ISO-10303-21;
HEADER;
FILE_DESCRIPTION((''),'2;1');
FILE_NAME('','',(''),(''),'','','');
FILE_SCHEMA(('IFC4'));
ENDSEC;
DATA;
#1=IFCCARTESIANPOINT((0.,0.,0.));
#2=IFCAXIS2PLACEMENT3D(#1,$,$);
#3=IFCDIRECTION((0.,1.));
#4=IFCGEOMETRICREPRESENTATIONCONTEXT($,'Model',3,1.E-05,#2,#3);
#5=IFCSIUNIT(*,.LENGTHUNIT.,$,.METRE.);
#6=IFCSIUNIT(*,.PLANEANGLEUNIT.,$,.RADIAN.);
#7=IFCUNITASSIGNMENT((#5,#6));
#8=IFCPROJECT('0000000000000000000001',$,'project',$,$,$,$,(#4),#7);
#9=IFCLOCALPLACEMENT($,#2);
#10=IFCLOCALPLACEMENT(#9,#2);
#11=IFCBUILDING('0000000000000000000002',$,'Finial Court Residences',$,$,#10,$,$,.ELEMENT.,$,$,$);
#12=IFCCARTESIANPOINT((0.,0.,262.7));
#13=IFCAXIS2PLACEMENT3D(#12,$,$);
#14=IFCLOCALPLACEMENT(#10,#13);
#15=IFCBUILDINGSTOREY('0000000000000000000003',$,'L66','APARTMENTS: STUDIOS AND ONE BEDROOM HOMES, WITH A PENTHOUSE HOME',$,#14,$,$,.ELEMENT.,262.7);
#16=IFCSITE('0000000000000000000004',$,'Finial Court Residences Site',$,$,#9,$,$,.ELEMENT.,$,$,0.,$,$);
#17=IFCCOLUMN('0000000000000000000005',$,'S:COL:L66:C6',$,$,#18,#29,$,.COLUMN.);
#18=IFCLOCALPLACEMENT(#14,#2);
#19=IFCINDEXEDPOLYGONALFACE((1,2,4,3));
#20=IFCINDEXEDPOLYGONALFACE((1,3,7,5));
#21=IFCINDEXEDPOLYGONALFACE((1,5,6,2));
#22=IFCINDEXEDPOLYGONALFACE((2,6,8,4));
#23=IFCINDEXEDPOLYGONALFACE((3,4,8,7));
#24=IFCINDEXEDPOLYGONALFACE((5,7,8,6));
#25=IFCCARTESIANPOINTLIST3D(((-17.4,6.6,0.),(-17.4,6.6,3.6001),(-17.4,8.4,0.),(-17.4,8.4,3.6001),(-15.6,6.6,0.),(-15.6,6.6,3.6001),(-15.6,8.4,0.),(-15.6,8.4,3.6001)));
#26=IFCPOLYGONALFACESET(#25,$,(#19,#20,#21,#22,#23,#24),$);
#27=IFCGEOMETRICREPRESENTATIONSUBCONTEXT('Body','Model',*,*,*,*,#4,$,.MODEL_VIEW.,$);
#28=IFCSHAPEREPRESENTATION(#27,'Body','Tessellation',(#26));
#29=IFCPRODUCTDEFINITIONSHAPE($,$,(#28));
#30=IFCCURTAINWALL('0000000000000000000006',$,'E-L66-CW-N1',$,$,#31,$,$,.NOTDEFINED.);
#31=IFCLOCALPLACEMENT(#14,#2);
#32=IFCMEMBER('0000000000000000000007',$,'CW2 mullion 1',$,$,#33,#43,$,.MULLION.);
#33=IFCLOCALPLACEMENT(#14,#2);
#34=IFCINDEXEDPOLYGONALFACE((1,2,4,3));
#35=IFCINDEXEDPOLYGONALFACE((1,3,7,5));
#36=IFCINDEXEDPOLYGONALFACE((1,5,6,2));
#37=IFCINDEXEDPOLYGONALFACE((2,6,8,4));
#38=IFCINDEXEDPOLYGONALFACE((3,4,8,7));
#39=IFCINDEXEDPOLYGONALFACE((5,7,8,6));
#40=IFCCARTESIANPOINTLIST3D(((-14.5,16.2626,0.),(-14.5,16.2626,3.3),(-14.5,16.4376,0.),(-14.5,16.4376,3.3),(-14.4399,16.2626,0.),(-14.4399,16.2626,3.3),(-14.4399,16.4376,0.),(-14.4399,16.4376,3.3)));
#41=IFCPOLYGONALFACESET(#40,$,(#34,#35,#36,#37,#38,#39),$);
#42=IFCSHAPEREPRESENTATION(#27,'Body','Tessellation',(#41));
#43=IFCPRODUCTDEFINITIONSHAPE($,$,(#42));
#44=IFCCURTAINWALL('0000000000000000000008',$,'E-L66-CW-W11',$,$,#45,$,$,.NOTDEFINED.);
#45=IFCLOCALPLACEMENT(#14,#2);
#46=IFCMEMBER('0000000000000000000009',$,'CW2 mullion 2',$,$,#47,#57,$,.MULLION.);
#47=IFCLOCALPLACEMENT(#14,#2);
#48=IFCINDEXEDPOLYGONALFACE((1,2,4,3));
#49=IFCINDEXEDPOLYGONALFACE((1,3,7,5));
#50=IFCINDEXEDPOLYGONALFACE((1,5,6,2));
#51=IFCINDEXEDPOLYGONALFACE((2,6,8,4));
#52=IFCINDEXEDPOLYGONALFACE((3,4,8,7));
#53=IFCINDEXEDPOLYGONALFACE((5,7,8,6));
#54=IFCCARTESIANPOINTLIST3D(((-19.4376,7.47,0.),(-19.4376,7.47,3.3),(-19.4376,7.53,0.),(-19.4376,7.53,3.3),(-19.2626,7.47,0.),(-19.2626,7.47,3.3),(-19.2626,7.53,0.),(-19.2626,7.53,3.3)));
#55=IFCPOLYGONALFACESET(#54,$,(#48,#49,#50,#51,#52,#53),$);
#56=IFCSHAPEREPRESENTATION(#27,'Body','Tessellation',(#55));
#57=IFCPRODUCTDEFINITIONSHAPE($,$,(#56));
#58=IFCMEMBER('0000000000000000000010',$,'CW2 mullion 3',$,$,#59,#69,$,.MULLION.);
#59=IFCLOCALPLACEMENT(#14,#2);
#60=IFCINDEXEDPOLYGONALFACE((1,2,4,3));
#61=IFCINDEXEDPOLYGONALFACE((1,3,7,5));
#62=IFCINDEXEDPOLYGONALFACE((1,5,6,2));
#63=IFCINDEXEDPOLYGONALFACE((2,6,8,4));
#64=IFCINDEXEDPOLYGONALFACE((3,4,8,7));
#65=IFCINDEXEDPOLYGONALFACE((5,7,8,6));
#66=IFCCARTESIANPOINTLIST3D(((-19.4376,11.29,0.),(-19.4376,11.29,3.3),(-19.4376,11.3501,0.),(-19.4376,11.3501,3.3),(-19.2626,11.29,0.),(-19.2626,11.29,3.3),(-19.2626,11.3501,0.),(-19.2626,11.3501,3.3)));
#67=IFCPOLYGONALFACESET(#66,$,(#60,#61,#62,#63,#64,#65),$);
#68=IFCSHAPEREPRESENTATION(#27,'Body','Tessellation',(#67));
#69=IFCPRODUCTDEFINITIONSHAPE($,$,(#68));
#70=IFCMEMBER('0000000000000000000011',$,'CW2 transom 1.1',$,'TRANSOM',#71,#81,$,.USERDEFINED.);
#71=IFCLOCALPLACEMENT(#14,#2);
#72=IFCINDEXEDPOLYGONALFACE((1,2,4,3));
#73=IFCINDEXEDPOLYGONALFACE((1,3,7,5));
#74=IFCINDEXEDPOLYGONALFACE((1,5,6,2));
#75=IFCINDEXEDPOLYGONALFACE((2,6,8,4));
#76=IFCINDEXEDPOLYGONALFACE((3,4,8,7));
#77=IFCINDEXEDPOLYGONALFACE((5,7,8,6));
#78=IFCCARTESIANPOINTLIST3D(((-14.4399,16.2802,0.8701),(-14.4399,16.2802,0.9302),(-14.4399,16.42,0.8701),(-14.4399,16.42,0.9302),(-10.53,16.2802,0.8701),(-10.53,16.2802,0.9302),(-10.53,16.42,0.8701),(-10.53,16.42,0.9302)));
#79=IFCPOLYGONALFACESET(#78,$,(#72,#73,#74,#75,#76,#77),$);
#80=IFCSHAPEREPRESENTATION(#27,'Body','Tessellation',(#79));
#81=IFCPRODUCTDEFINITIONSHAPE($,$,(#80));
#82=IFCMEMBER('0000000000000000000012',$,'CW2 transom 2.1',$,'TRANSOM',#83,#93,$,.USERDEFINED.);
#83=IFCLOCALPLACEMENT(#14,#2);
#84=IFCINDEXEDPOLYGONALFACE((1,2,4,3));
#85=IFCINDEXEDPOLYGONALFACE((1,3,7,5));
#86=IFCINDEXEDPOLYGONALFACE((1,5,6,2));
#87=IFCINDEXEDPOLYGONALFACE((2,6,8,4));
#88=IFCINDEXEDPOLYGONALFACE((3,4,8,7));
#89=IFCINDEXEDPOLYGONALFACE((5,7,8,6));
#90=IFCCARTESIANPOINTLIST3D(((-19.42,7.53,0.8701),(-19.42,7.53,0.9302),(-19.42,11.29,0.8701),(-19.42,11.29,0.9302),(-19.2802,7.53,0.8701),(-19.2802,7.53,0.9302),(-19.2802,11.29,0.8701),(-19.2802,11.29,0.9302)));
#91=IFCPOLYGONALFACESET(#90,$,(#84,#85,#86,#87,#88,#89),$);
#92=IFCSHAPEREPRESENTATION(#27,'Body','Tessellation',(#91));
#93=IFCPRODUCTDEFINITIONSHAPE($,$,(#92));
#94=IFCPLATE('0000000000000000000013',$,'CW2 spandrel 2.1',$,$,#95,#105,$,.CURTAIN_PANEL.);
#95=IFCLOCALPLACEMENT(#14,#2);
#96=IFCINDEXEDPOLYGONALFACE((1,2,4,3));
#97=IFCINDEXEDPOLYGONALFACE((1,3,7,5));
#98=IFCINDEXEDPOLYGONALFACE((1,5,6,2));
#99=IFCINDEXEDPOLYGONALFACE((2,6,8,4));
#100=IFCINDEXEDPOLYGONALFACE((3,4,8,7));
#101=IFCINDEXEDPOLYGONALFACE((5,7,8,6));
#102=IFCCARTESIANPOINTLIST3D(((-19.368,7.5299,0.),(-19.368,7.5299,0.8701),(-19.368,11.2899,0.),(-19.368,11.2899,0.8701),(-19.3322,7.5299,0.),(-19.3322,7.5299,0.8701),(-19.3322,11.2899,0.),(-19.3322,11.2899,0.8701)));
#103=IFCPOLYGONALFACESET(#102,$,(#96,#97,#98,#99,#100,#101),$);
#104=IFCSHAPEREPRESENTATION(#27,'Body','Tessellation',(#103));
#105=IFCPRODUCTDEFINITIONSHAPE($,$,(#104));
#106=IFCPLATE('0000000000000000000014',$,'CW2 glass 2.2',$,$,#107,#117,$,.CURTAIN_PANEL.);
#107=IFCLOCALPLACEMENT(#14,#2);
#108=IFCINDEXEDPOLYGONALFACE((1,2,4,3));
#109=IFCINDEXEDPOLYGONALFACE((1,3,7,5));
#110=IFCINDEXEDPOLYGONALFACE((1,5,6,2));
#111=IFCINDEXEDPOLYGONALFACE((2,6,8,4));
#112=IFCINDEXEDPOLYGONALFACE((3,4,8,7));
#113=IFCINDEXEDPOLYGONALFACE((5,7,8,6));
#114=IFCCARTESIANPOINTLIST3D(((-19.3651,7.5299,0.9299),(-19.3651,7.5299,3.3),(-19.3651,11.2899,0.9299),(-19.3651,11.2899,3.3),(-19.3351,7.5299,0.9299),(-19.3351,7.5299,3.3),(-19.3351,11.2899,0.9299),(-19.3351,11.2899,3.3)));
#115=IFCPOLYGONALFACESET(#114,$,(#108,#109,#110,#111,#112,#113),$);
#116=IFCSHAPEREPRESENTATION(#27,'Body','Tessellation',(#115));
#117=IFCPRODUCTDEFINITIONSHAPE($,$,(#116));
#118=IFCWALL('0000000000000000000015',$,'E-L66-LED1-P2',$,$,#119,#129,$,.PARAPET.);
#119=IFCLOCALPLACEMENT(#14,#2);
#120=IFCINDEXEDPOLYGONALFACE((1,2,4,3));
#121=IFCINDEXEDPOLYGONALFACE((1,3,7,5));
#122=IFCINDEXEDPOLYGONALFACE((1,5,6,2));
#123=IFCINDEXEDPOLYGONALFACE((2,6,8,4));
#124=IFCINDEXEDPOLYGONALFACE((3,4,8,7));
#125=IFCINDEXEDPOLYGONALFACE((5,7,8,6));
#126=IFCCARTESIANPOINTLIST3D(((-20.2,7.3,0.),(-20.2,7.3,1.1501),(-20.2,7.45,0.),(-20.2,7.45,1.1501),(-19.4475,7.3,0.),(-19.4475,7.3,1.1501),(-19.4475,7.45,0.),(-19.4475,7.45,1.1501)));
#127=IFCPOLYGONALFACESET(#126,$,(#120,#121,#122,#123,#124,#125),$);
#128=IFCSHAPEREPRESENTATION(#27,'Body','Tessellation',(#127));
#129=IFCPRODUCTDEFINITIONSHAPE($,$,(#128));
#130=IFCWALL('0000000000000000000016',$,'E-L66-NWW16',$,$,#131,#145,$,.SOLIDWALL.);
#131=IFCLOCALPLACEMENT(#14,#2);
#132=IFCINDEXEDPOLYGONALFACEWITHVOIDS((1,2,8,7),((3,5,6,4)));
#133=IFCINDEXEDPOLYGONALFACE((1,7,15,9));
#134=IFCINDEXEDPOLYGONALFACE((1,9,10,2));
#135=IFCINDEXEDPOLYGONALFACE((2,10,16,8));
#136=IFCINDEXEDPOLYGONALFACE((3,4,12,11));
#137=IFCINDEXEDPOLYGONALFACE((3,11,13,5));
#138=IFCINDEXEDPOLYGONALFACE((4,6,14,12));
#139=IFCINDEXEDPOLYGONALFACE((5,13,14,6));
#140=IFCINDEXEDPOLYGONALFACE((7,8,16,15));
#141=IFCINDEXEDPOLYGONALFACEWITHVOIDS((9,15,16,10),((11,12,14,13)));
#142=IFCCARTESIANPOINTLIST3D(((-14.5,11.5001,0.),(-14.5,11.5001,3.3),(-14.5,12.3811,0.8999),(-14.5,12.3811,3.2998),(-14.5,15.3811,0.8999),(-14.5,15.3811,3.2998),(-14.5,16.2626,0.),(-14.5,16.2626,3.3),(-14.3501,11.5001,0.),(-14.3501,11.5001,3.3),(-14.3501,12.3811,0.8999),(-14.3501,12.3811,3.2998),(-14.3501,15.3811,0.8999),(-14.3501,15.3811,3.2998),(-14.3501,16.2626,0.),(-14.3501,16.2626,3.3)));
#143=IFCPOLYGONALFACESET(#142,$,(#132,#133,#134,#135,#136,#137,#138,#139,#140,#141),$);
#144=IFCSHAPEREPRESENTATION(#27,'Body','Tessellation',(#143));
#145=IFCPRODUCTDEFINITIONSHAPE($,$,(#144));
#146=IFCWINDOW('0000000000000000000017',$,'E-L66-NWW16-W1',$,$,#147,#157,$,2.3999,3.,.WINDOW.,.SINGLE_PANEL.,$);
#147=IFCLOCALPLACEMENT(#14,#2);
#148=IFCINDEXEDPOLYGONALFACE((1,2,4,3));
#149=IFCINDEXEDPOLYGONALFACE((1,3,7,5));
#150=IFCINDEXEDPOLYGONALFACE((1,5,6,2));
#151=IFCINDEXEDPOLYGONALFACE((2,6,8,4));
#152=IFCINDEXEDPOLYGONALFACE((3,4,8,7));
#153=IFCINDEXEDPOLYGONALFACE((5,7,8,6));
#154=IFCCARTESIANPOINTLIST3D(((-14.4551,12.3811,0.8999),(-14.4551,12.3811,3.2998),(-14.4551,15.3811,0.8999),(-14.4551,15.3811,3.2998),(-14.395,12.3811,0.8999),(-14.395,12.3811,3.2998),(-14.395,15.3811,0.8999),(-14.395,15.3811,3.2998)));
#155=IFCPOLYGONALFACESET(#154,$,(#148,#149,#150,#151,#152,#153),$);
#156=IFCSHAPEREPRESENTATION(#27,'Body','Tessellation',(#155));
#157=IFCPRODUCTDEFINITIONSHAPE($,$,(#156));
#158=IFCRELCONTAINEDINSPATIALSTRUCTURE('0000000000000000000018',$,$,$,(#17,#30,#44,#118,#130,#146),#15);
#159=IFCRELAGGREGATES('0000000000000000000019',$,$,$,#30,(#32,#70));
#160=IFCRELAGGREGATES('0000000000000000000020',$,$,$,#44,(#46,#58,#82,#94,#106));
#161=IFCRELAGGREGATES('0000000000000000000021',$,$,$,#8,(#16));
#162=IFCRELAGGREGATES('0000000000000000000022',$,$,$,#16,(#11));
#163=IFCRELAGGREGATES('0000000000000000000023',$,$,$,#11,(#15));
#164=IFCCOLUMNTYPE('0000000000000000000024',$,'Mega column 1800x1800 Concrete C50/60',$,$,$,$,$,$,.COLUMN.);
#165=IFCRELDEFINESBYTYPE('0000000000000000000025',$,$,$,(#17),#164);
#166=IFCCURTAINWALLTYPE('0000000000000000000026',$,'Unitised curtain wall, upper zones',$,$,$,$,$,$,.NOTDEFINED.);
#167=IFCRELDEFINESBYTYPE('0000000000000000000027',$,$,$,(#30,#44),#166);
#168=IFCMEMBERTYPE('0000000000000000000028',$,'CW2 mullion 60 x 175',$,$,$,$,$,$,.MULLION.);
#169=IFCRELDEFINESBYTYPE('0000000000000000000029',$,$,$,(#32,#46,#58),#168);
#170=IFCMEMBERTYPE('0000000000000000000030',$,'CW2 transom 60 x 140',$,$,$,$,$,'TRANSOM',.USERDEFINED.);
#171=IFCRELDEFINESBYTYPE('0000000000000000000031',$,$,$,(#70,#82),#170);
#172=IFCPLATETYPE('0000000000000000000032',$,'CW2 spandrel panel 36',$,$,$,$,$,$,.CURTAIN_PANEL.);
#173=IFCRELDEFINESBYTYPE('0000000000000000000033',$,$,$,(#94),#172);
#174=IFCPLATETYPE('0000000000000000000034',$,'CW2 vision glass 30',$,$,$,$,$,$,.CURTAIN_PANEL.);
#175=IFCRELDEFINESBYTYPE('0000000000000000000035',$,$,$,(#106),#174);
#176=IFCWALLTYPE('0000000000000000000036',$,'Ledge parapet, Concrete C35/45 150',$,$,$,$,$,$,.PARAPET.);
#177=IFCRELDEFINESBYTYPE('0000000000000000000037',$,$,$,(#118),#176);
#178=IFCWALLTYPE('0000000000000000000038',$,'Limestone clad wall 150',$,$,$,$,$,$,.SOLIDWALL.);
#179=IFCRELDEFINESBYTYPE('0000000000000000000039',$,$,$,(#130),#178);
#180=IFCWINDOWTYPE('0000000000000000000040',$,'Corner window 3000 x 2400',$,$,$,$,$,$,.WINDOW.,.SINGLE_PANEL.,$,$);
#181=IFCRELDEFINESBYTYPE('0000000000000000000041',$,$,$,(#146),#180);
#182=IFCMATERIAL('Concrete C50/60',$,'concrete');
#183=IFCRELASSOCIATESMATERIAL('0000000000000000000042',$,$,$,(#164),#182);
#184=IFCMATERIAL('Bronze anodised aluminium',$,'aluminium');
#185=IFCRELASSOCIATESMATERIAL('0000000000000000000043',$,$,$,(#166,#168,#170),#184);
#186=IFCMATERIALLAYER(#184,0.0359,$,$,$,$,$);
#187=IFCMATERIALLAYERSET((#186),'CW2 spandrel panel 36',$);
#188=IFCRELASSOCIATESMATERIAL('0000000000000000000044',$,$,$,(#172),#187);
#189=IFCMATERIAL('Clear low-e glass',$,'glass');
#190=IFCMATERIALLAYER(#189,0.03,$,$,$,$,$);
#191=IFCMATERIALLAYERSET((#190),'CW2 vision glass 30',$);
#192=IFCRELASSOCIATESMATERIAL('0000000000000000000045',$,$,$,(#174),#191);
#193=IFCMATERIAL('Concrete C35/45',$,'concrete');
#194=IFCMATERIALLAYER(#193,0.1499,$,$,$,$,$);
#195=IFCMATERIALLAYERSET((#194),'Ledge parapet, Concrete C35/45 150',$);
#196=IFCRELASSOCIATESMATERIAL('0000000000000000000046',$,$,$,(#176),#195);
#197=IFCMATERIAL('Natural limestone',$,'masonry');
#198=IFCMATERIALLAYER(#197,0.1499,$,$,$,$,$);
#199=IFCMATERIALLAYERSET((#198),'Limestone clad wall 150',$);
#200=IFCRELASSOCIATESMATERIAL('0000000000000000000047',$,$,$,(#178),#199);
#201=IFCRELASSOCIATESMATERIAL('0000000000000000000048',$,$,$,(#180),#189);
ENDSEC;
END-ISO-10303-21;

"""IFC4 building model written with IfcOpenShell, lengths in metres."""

from ifc_helpers import new_model, si_unit, direction, frame, frame_2d, origin, origin_2d, place, context, subcontext, project, spatial, rectangle, extrude, material, layer, layer_set, material_profile, profile_set, type_object, element, fill, aggregate, save


model = new_model("IFC4")

# Units and contexts
model_context = context("Model", 3, precision=1e-05, world=origin(), true_north=direction((0.0, 1.0)))
body_context = subcontext(model_context, "Body", "Model", "MODEL_VIEW")
ifc_project = project(units=[si_unit("LENGTHUNIT", "METRE"), si_unit("PLANEANGLEUNIT", "RADIAN")], contexts=[model_context])

# Site, building, storey
site_placement = place(None, origin())
site = spatial("IfcSite", under=ifc_project, at=site_placement, Name="Finial Court Residences Site", CompositionType="ELEMENT", RefElevation=0.0)
building_placement = place(site_placement, origin())
building = spatial("IfcBuilding", under=site, at=building_placement, Name="Finial Court Residences", CompositionType="ELEMENT")
storey_placement = place(building_placement, frame((0.0, 0.0, 262.7)))
storey = spatial("IfcBuildingStorey", under=building, at=storey_placement, Name="L66", Description="APARTMENTS: STUDIOS AND ONE BEDROOM HOMES, WITH A PENTHOUSE HOME", CompositionType="ELEMENT", Elevation=262.7)

# Column
ifc_material_1 = material(Name="Concrete C50/60", Category="concrete")
ifc_material_profile_1 = material_profile(ifc_material_1, rectangle(XDim=1.8, YDim=1.8, at=origin_2d()), Name="1800x1800")
ifc_profile_set_1 = profile_set([ifc_material_profile_1], Name="Concrete C50/60")
column_type = type_object("IfcColumnType", Name="Mega column 1800x1800 Concrete C50/60", PredefinedType="COLUMN", material=ifc_profile_set_1)
column_placement = place(storey_placement, frame((-16.5, 7.5, 0.0), z_axis=(0.0, 0.0, 1.0), x_axis=(1.0, 0.0, 0.0)))
element("IfcColumn", 1, at=column_placement, inside=storey, type_object=column_type, Name="S:COL:L66:C6", PredefinedType="COLUMN", context=body_context, shape_type="SweptSolid", body=[
    extrude(rectangle(XDim=1.8, YDim=1.8, at=origin_2d()), origin(), (0.0, 0.0, 1.0), 3.6001),
])

# Curtain wall, member
ifc_material_2 = material(Name="Bronze anodised aluminium", Category="aluminium")
curtain_wall_type = type_object("IfcCurtainWallType", Name="Unitised curtain wall, upper zones", PredefinedType="NOTDEFINED", material=ifc_material_2)
curtain_wall_1_placement = place(storey_placement, origin())
curtain_wall_1 = element("IfcCurtainWall", 2, at=curtain_wall_1_placement, inside=storey, type_object=curtain_wall_type, Name="E-L66-CW-N1", PredefinedType="NOTDEFINED")
ifc_material_profile_2 = material_profile(ifc_material_2, rectangle(XDim=0.175, YDim=0.0601, at=origin_2d()), Name="CW2 mullion 60 x 175")
ifc_profile_set_2 = profile_set([ifc_material_profile_2], Name="Bronze anodised aluminium")
member_type_1 = type_object("IfcMemberType", Name="CW2 mullion 60 x 175", PredefinedType="MULLION", material=ifc_profile_set_2)
member_1_placement = place(storey_placement, frame((-14.47, 16.3501, 0.0), z_axis=(0.0, 0.0, 1.0), x_axis=(0.0, 1.0, 0.0)))
member_1 = element("IfcMember", 3, at=member_1_placement, type_object=member_type_1, Name="CW2 mullion 1", PredefinedType="MULLION", context=body_context, shape_type="SweptSolid", body=[
    extrude(rectangle(XDim=0.175, YDim=0.0601, at=origin_2d()), origin(), (0.0, 0.0, 1.0), 3.3),
])

# Curtain wall, members
curtain_wall_2_placement = place(storey_placement, origin())
curtain_wall_2 = element("IfcCurtainWall", 4, at=curtain_wall_2_placement, inside=storey, type_object=curtain_wall_type, Name="E-L66-CW-W11", PredefinedType="NOTDEFINED")
member_2_placement = place(storey_placement, frame((-19.3501, 7.5, 0.0), z_axis=(0.0, 0.0, 1.0), x_axis=(-1.0, 0.0, 0.0)))
member_2 = element("IfcMember", 5, at=member_2_placement, type_object=member_type_1, Name="CW2 mullion 2", PredefinedType="MULLION", context=body_context, shape_type="SweptSolid", body=[
    extrude(rectangle(XDim=0.175, YDim=0.0601, at=origin_2d()), origin(), (0.0, 0.0, 1.0), 3.3),
])
member_3_placement = place(storey_placement, frame((-19.3501, 11.3201, 0.0), z_axis=(0.0, 0.0, 1.0), x_axis=(-1.0, 0.0, 0.0)))
member_3 = element("IfcMember", 6, at=member_3_placement, type_object=member_type_1, Name="CW2 mullion 3", PredefinedType="MULLION", context=body_context, shape_type="SweptSolid", body=[
    extrude(rectangle(XDim=0.175, YDim=0.0601, at=origin_2d()), origin(), (0.0, 0.0, 1.0), 3.3),
])

# Members
ifc_material_profile_3 = material_profile(ifc_material_2, rectangle(XDim=0.1399, YDim=0.0601, at=origin_2d()), Name="CW2 transom 60 x 140")
ifc_profile_set_3 = profile_set([ifc_material_profile_3], Name="Bronze anodised aluminium")
member_type_2 = type_object("IfcMemberType", Name="CW2 transom 60 x 140", ElementType="TRANSOM", PredefinedType="USERDEFINED", material=ifc_profile_set_3)
member_4_placement = place(storey_placement, frame((-14.4399, 16.3501, 0.9001), z_axis=(1.0, 0.0, 0.0), x_axis=(0.0, 1.0, 0.0)))
member_4 = element("IfcMember", 7, at=member_4_placement, type_object=member_type_2, Name="CW2 transom 1.1", ObjectType="TRANSOM", PredefinedType="USERDEFINED", context=body_context, shape_type="SweptSolid", body=[
    extrude(rectangle(XDim=0.1399, YDim=0.0601, at=origin_2d()), origin(), (0.0, 0.0, 1.0), 3.9099),
])
aggregate(curtain_wall_1, [member_1, member_4])
member_5_placement = place(storey_placement, frame((-19.3501, 7.53, 0.9001), z_axis=(0.0, 1.0, 0.0), x_axis=(-1.0, 0.0, 0.0)))
member_5 = element("IfcMember", 8, at=member_5_placement, type_object=member_type_2, Name="CW2 transom 2.1", ObjectType="TRANSOM", PredefinedType="USERDEFINED", context=body_context, shape_type="SweptSolid", body=[
    extrude(rectangle(XDim=0.1399, YDim=0.0601, at=origin_2d()), origin(), (0.0, 0.0, 1.0), 3.76),
])

# Plates
ifc_layer_1 = layer(ifc_material_2, 0.0359)
ifc_layer_set_1 = layer_set([ifc_layer_1], Name="CW2 spandrel panel 36")
plate_type_1 = type_object("IfcPlateType", Name="CW2 spandrel panel 36", PredefinedType="CURTAIN_PANEL", material=ifc_layer_set_1)
plate_1_placement = place(storey_placement, frame((-19.3501, 9.4099, 0.0), z_axis=(0.0, 0.0, 1.0), x_axis=(0.0, 1.0, 0.0)))
plate_1 = element("IfcPlate", 9, at=plate_1_placement, type_object=plate_type_1, Name="CW2 spandrel 2.1", PredefinedType="CURTAIN_PANEL", context=body_context, shape_type="SweptSolid", body=[
    extrude(rectangle(XDim=3.76, YDim=0.0359, at=origin_2d()), origin(), (0.0, 0.0, 1.0), 0.8701),
])
ifc_material_3 = material(Name="Clear low-e glass", Category="glass")
ifc_layer_2 = layer(ifc_material_3, 0.03)
ifc_layer_set_2 = layer_set([ifc_layer_2], Name="CW2 vision glass 30")
plate_type_2 = type_object("IfcPlateType", Name="CW2 vision glass 30", PredefinedType="CURTAIN_PANEL", material=ifc_layer_set_2)
plate_2_placement = place(storey_placement, frame((-19.3501, 9.4099, 0.9299), z_axis=(0.0, 0.0, 1.0), x_axis=(0.0, 1.0, 0.0)))
plate_2 = element("IfcPlate", 10, at=plate_2_placement, type_object=plate_type_2, Name="CW2 glass 2.2", PredefinedType="CURTAIN_PANEL", context=body_context, shape_type="SweptSolid", body=[
    extrude(rectangle(XDim=3.76, YDim=0.03, at=origin_2d()), origin(), (0.0, 0.0, 1.0), 2.3701),
])
aggregate(curtain_wall_2, [member_2, member_3, member_5, plate_1, plate_2])

# Wall
ifc_material_4 = material(Name="Concrete C35/45", Category="concrete")
ifc_layer_3 = layer(ifc_material_4, 0.1499)
ifc_layer_set_3 = layer_set([ifc_layer_3], Name="Ledge parapet, Concrete C35/45 150")
wall_type_1 = type_object("IfcWallType", Name="Ledge parapet, Concrete C35/45 150", PredefinedType="PARAPET", material=ifc_layer_set_3)
wall_1_placement = place(storey_placement, frame((-20.2, 7.375, 0.0), z_axis=(0.0, 0.0, 1.0), x_axis=(1.0, 0.0, 0.0)))
element("IfcWall", 11, at=wall_1_placement, inside=storey, type_object=wall_type_1, Name="E-L66-LED1-P2", PredefinedType="PARAPET", context=body_context, shape_type="SweptSolid", body=[
    extrude(rectangle(XDim=0.7524, YDim=0.1499, at=frame_2d((0.3762, 0.0))), origin(), (0.0, 0.0, 1.0), 1.1501),
])

# Wall, opening, window
ifc_material_5 = material(Name="Natural limestone", Category="masonry")
ifc_layer_4 = layer(ifc_material_5, 0.1499)
ifc_layer_set_4 = layer_set([ifc_layer_4], Name="Limestone clad wall 150")
wall_type_2 = type_object("IfcWallType", Name="Limestone clad wall 150", PredefinedType="SOLIDWALL", material=ifc_layer_set_4)
wall_2_placement = place(storey_placement, frame((-14.425, 11.5, 0.0), z_axis=(0.0, 0.0, 1.0), x_axis=(0.0, 1.0, 0.0)))
wall_2 = element("IfcWall", 12, at=wall_2_placement, inside=storey, type_object=wall_type_2, Name="E-L66-NWW16", PredefinedType="SOLIDWALL", context=body_context, shape_type="SweptSolid", body=[
    extrude(rectangle(XDim=4.7625, YDim=0.1499, at=frame_2d((2.3813, 0.0))), origin(), (0.0, 0.0, 1.0), 3.3),
])
opening_1_placement = place(wall_2_placement, frame((0.8811, 0.0, 0.8999)))
opening_1 = element("IfcOpeningElement", 13, at=opening_1_placement, cuts=wall_2, PredefinedType="OPENING", context=body_context, shape_type="SweptSolid", body=[
    extrude(rectangle(XDim=3.0, YDim=2.3999, at=frame_2d((1.5, 1.2))), frame((0.0, 0.085, 0.0), z_axis=(0.0, -1.0, 0.0), x_axis=(1.0, 0.0, 0.0)), (0.0, 0.0, 1.0), 0.1699),
])
window_type_1 = type_object("IfcWindowType", Name="Corner window 3000 x 2400", PartitioningType="SINGLE_PANEL", PredefinedType="WINDOW", material=ifc_material_3)
window_1_placement = place(opening_1_placement, origin())
window_1 = element("IfcWindow", 14, at=window_1_placement, inside=storey, type_object=window_type_1, Name="E-L66-NWW16-W1", OverallHeight=2.3999, OverallWidth=3.0, PartitioningType="SINGLE_PANEL", PredefinedType="WINDOW", context=body_context, shape_type="SweptSolid", body=[
    extrude(rectangle(XDim=3.0, YDim=2.3999, at=frame_2d((1.5, 1.2))), frame((0.0, 0.03, 0.0), z_axis=(0.0, -1.0, 0.0), x_axis=(1.0, 0.0, 0.0)), (0.0, 0.0, 1.0), 0.0601),
])
fill(opening_1, window_1)

save(model, "model.ifc")
